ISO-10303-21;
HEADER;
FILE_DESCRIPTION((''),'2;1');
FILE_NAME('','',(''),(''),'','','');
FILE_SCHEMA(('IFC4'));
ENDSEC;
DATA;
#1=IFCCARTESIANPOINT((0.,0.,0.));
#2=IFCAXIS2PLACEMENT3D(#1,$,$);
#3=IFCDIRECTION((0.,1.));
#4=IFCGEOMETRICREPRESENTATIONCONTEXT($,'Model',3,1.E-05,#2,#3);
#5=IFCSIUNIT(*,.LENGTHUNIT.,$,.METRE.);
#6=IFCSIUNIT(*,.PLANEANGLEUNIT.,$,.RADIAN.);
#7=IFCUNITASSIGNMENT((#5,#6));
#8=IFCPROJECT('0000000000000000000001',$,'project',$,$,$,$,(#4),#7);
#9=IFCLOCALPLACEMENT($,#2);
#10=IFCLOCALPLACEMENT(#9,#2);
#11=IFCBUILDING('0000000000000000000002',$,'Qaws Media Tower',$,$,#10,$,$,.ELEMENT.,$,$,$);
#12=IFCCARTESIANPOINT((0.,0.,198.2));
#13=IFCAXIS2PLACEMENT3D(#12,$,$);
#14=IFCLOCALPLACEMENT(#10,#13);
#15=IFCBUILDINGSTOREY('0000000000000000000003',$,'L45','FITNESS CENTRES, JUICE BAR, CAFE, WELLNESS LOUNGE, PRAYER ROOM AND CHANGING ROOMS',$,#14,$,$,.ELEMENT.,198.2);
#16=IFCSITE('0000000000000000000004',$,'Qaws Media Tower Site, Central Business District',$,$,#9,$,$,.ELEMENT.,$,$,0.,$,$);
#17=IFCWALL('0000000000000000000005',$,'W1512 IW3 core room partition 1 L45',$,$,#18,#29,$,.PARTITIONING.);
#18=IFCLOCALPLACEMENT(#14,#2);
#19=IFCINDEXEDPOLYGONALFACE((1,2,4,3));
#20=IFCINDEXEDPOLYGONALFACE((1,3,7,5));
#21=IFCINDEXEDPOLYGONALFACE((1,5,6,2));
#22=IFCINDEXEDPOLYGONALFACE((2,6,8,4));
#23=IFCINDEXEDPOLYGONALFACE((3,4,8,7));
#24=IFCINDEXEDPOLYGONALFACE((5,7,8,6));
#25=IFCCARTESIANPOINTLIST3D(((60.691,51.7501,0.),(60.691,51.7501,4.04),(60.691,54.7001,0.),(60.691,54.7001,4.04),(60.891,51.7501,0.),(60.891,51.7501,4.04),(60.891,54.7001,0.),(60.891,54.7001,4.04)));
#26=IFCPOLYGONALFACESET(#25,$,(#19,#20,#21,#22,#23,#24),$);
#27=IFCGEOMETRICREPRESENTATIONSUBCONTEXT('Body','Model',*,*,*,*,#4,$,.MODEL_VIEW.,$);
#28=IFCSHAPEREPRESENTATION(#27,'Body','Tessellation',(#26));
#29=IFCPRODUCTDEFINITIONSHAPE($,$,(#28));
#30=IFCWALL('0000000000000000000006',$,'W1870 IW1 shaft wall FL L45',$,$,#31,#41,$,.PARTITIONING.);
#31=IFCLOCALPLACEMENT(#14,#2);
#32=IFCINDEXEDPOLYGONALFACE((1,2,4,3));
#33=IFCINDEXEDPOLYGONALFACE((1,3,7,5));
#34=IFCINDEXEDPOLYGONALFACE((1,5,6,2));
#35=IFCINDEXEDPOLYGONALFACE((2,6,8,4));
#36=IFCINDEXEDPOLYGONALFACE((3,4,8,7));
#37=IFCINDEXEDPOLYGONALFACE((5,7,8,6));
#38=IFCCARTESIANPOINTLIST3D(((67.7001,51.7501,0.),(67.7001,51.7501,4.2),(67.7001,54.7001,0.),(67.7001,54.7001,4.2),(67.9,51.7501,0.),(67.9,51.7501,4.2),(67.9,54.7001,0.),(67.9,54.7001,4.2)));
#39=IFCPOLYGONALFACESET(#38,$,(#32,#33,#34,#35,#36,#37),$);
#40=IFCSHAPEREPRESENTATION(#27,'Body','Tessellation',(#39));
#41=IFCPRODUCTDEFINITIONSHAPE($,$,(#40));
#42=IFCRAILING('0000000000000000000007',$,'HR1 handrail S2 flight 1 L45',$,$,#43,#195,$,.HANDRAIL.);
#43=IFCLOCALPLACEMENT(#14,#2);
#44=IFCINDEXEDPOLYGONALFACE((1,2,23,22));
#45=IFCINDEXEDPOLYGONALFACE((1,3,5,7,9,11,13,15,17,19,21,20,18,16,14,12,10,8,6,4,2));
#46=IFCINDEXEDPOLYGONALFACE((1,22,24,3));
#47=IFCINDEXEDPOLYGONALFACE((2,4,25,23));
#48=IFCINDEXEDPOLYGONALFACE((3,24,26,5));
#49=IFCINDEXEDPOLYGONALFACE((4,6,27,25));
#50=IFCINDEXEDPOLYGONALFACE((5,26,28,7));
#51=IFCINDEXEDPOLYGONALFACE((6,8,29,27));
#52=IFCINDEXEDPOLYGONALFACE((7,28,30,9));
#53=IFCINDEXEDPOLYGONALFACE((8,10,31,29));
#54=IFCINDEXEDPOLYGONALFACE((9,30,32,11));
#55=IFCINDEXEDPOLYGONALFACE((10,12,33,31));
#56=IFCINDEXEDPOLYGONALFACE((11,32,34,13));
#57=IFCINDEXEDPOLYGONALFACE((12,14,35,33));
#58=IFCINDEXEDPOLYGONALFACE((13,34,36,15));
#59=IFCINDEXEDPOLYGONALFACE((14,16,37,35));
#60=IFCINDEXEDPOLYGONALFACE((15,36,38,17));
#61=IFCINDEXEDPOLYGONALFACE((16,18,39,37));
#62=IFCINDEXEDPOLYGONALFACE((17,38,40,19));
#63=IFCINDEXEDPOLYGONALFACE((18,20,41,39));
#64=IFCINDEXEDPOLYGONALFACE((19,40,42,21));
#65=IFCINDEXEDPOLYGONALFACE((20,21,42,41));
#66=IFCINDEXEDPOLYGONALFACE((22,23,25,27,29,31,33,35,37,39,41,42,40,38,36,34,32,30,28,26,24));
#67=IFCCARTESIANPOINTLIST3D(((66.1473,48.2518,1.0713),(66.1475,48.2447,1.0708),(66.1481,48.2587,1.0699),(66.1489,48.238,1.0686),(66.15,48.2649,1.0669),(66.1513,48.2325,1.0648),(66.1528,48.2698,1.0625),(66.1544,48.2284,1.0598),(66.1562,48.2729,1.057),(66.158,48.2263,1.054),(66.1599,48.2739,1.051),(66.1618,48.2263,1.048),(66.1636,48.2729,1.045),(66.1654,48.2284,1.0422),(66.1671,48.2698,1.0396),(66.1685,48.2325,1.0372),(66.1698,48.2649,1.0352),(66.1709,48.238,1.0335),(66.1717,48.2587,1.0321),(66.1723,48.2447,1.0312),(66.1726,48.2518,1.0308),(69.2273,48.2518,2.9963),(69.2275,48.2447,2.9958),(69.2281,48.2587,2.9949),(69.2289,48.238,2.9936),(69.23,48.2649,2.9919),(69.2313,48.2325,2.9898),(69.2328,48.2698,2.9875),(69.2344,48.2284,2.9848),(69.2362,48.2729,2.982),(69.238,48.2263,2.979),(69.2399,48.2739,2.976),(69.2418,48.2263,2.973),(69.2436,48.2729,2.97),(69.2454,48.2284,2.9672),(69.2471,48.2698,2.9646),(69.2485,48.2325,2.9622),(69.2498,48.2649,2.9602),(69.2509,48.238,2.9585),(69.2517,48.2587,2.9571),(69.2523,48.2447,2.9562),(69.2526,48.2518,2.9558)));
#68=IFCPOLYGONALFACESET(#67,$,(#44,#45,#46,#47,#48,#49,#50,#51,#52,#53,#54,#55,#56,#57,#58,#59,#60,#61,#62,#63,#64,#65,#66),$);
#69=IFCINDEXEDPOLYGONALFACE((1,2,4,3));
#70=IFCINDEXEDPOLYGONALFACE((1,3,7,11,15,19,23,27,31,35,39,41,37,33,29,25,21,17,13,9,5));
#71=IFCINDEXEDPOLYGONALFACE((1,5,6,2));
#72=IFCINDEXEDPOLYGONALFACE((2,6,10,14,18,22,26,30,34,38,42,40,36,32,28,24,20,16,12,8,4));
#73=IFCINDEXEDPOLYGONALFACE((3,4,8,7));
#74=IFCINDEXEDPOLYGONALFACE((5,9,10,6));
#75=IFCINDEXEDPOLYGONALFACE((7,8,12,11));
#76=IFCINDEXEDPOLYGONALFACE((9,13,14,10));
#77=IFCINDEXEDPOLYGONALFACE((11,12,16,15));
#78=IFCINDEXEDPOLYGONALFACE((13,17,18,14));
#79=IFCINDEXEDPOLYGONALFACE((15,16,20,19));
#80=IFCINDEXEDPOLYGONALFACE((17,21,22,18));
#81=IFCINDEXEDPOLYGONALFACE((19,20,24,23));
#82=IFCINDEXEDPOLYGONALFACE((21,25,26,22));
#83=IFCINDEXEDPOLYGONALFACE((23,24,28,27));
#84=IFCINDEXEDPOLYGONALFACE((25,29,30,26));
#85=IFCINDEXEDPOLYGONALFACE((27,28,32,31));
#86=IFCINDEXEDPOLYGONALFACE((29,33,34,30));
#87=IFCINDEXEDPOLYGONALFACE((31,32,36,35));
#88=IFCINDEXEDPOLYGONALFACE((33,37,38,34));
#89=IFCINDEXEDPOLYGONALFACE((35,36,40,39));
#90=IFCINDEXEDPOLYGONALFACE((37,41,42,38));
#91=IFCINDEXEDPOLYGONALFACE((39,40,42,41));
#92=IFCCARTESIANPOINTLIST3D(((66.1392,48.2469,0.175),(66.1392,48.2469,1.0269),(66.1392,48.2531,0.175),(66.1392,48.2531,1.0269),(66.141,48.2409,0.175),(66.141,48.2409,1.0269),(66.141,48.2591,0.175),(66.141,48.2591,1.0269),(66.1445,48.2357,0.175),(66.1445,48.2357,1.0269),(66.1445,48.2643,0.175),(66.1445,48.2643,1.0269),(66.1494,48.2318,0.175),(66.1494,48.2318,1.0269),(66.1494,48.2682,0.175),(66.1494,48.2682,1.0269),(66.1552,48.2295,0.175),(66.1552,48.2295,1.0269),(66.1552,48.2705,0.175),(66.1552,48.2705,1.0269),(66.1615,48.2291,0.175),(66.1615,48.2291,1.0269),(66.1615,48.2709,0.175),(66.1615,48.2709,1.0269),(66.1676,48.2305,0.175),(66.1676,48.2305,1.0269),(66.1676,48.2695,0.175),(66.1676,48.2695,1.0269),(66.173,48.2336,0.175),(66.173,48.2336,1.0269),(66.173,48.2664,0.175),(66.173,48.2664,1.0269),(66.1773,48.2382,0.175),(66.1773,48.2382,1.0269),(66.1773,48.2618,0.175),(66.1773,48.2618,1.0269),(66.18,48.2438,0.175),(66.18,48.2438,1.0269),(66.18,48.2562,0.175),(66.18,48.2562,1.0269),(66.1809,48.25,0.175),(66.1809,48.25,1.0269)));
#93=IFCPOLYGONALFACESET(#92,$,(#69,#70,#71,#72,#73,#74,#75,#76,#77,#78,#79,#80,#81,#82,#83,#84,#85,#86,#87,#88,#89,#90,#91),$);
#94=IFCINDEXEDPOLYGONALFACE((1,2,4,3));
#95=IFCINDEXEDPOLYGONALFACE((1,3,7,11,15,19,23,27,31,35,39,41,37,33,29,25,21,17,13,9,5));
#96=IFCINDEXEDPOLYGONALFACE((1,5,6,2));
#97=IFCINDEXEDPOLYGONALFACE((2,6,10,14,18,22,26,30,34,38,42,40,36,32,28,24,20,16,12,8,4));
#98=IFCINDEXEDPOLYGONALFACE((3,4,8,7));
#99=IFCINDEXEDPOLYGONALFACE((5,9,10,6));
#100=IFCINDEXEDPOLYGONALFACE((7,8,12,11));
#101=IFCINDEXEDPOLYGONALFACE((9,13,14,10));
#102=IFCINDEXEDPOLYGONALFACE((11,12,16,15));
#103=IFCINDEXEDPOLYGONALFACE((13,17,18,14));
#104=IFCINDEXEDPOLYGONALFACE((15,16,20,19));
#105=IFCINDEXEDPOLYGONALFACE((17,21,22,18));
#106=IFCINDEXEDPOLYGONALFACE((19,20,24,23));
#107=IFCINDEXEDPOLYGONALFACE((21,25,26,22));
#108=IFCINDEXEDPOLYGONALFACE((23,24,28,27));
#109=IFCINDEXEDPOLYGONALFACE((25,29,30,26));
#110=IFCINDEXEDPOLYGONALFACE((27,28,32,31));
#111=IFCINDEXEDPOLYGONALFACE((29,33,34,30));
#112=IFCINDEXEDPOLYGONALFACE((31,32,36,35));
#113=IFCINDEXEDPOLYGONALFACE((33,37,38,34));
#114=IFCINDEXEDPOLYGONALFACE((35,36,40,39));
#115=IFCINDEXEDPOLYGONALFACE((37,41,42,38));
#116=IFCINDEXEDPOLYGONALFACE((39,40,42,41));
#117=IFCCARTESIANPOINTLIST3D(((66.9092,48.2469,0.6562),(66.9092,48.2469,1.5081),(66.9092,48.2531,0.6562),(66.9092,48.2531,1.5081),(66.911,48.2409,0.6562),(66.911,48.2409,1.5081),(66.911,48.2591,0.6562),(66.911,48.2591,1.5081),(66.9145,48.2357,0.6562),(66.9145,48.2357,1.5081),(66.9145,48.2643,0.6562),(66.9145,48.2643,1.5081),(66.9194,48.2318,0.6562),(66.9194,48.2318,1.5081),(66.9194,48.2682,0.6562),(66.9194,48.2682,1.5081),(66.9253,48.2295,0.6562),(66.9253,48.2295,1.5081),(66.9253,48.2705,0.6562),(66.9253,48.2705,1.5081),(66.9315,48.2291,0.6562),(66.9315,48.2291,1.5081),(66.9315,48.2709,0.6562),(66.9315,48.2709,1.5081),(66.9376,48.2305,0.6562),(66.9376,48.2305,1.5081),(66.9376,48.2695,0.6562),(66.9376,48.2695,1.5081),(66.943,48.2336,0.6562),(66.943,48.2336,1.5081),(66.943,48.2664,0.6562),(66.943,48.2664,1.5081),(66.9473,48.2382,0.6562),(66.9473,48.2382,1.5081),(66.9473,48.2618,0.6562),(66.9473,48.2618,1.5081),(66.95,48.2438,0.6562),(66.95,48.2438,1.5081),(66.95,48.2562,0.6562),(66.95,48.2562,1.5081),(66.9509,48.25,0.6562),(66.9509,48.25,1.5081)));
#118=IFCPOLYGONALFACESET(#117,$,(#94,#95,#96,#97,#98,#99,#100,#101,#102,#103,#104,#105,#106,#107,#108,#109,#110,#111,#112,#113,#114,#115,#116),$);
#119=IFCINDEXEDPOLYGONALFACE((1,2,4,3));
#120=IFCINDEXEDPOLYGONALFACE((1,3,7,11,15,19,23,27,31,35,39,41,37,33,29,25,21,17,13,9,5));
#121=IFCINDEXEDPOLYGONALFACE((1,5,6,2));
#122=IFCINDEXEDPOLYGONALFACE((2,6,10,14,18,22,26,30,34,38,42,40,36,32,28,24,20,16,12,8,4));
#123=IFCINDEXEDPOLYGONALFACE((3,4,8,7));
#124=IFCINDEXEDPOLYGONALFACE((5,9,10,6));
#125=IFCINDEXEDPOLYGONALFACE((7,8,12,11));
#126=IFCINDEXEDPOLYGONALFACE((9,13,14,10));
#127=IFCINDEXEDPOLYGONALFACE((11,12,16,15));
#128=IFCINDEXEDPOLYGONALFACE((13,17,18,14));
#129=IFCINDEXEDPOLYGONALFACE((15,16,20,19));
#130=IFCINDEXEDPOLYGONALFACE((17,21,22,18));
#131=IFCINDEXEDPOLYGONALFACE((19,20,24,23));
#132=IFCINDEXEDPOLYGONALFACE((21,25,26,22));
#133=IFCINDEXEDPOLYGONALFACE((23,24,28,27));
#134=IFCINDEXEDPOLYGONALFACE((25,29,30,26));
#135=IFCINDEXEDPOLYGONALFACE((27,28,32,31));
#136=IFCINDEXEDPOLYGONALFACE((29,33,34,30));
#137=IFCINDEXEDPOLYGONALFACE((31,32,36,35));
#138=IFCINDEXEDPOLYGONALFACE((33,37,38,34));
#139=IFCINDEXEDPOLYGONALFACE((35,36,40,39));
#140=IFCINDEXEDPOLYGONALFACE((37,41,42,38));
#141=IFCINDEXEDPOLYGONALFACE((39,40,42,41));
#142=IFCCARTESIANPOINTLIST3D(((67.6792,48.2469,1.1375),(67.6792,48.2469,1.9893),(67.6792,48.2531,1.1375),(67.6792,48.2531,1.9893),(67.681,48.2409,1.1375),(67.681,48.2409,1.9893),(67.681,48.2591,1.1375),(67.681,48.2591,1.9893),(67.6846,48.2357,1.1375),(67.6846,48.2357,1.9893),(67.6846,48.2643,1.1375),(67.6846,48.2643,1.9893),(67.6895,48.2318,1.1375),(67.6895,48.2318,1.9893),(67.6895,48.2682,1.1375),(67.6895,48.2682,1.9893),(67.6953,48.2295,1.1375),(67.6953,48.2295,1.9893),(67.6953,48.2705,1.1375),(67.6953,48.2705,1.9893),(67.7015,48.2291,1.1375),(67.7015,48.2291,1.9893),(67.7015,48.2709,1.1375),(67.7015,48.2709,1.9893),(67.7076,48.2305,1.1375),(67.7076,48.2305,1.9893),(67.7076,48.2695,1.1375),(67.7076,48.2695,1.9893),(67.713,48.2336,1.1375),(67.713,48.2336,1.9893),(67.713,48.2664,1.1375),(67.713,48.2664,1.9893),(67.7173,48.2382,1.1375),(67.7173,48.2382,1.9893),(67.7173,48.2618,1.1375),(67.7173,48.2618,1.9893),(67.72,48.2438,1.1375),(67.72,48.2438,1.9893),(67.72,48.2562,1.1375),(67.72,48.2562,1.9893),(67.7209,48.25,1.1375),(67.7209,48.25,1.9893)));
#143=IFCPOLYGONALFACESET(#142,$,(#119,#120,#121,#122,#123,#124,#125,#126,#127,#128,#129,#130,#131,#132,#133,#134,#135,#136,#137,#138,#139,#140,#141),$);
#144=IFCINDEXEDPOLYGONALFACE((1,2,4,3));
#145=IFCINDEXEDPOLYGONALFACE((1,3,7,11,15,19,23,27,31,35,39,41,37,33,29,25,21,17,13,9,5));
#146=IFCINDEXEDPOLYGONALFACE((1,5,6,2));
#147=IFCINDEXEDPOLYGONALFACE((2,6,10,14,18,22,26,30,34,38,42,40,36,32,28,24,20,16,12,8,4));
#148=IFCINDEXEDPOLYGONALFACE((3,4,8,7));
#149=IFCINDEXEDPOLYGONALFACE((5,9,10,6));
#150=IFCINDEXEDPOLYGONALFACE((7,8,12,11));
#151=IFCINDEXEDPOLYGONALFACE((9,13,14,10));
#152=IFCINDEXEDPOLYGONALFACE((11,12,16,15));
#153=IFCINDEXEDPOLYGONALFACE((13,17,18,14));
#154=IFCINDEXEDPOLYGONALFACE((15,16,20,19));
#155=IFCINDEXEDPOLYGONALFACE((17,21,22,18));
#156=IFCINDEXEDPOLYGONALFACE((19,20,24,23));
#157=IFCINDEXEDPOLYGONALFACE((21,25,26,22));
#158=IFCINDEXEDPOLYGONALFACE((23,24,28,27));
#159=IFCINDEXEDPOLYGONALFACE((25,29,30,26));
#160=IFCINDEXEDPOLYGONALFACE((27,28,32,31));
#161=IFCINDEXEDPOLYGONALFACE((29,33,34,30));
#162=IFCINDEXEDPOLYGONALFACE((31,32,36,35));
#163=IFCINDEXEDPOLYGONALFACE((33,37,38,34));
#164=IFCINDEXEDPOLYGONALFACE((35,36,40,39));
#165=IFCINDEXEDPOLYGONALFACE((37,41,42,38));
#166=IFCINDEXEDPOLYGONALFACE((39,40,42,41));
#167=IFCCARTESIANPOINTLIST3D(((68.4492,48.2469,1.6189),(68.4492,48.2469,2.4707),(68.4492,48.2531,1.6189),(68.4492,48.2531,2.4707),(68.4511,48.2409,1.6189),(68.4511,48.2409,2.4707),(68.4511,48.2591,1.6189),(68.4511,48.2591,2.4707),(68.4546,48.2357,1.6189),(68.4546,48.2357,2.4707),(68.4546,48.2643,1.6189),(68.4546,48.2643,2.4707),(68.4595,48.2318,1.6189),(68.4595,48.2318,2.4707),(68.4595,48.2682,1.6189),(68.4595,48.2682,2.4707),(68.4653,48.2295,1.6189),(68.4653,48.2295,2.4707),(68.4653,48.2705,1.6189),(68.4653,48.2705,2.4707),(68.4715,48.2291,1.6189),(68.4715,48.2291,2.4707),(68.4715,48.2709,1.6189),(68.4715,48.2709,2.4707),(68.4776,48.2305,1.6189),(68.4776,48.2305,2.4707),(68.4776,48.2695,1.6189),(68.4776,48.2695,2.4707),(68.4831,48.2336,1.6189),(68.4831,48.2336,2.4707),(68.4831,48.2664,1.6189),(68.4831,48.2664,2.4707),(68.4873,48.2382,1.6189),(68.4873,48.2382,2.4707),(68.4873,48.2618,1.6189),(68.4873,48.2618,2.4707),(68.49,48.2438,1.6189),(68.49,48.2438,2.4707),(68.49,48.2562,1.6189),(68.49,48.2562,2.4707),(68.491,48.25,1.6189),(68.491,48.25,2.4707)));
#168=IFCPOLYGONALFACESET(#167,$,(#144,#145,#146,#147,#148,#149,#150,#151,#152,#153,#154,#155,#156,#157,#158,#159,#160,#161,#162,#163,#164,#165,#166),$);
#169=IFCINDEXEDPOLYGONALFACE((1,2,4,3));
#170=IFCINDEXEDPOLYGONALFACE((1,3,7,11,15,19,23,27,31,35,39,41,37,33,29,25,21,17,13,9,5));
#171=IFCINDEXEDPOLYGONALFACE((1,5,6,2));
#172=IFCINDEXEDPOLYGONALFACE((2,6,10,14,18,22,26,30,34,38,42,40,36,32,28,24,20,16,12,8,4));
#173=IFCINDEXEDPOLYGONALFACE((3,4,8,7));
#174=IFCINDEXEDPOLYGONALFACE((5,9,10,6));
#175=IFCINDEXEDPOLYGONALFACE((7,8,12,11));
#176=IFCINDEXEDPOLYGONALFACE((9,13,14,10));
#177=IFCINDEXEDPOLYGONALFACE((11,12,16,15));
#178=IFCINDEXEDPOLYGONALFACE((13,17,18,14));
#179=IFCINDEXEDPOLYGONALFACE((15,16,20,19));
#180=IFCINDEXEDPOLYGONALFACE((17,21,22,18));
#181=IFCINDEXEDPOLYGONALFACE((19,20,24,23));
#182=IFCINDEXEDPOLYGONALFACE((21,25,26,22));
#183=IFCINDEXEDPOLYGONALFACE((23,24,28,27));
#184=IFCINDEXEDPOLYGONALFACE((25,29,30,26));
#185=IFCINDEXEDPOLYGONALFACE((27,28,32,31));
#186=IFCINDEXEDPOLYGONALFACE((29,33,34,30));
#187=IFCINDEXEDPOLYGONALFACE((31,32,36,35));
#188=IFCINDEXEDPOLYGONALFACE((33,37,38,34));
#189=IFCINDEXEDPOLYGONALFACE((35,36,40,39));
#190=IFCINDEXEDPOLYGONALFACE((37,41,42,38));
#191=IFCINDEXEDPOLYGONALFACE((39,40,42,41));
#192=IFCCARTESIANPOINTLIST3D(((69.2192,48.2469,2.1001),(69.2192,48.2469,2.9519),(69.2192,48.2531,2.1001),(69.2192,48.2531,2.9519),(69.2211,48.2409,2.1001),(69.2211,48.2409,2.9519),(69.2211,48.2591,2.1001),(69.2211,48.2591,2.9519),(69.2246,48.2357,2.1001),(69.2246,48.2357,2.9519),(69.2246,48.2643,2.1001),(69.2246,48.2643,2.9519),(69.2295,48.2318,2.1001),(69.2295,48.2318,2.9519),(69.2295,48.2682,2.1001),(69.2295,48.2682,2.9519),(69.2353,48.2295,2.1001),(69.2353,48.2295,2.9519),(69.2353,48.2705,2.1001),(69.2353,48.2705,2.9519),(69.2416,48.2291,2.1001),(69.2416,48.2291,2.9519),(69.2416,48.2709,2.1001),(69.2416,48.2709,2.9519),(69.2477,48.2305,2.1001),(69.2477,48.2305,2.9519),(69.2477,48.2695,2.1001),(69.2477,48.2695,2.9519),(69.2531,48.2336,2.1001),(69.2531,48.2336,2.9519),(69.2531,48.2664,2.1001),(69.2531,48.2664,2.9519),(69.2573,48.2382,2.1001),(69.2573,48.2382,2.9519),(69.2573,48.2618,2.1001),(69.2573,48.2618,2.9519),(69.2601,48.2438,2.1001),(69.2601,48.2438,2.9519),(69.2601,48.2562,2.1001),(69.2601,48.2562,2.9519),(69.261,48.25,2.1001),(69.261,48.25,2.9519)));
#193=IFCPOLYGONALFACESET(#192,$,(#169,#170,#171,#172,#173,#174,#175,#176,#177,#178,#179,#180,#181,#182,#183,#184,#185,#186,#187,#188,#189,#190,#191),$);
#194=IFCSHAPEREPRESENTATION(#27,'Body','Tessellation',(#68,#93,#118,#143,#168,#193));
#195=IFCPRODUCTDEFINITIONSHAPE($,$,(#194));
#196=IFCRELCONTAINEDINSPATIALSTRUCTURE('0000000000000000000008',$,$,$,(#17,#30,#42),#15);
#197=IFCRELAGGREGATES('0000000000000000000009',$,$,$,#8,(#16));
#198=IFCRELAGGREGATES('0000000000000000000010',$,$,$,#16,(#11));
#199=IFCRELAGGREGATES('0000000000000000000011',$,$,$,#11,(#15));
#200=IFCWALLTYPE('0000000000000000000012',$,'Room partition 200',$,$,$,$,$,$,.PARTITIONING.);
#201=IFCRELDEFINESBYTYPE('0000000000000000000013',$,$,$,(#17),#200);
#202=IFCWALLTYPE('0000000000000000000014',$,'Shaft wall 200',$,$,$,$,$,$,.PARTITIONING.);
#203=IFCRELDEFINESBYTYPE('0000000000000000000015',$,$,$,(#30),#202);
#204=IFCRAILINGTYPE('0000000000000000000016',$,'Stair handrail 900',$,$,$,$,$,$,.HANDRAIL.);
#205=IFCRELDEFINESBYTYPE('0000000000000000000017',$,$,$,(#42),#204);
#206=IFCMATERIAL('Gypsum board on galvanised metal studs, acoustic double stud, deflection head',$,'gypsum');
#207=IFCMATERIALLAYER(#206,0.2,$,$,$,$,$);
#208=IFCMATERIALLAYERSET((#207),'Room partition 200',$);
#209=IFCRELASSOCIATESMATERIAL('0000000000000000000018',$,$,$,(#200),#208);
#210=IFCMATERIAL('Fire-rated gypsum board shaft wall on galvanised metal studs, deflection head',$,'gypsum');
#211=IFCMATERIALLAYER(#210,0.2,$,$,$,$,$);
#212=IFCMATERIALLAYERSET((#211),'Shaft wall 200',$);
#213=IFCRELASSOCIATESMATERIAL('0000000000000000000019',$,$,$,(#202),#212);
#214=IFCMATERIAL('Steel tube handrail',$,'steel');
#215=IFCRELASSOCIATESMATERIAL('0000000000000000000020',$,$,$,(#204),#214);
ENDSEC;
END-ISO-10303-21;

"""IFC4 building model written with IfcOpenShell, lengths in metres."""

from ifc_helpers import new_model, si_unit, direction, frame, frame_2d, origin, origin_2d, place, context, subcontext, project, spatial, rectangle, circle, extrude, material, layer, layer_set, type_object, element, save


model = new_model("IFC4")

# Units and contexts
model_context = context("Model", 3, precision=1e-05, world=origin(), true_north=direction((0.0, 1.0)))
body_context = subcontext(model_context, "Body", "Model", "MODEL_VIEW")
ifc_project = project(units=[si_unit("LENGTHUNIT", "METRE"), si_unit("PLANEANGLEUNIT", "RADIAN")], contexts=[model_context])

# Site, building, storey
site_placement = place(None, origin())
site = spatial("IfcSite", under=ifc_project, at=site_placement, Name="Qaws Media Tower Site, Central Business District", CompositionType="ELEMENT", RefElevation=0.0)
building_placement = place(site_placement, origin())
building = spatial("IfcBuilding", under=site, at=building_placement, Name="Qaws Media Tower", CompositionType="ELEMENT")
storey_placement = place(building_placement, frame((0.0, 0.0, 198.2)))
storey = spatial("IfcBuildingStorey", under=building, at=storey_placement, Name="L45", Description="FITNESS CENTRES, JUICE BAR, CAFE, WELLNESS LOUNGE, PRAYER ROOM AND CHANGING ROOMS", CompositionType="ELEMENT", Elevation=198.2)

# Shared definitions
ifc_material_1 = material(Name="Gypsum board on galvanised metal studs, acoustic double stud, deflection head", Category="gypsum")
ifc_layer_1 = layer(ifc_material_1, 0.2)
ifc_layer_set_1 = layer_set([ifc_layer_1], Name="Room partition 200")
wall_type_1 = type_object("IfcWallType", Name="Room partition 200", PredefinedType="PARTITIONING", material=ifc_layer_set_1)

# Walls
wall_1_placement = place(storey_placement, frame((60.791, 51.75, 0.0), z_axis=(0.0, 0.0, 1.0), x_axis=(0.0, 1.0, 0.0)))
element("IfcWall", 1, at=wall_1_placement, inside=storey, type_object=wall_type_1, Name="W1512 IW3 core room partition 1 L45", PredefinedType="PARTITIONING", context=body_context, shape_type="SweptSolid", body=[
    extrude(rectangle(XDim=2.95, YDim=0.2, at=frame_2d((1.4751, 0.0))), origin(), (0.0, 0.0, 1.0), 4.04),
])
ifc_material_2 = material(Name="Fire-rated gypsum board shaft wall on galvanised metal studs, deflection head", Category="gypsum")
ifc_layer_2 = layer(ifc_material_2, 0.2)
ifc_layer_set_2 = layer_set([ifc_layer_2], Name="Shaft wall 200")
wall_type_2 = type_object("IfcWallType", Name="Shaft wall 200", PredefinedType="PARTITIONING", material=ifc_layer_set_2)
wall_2_placement = place(storey_placement, frame((67.8, 51.75, 0.0), z_axis=(0.0, 0.0, 1.0), x_axis=(0.0, 1.0, 0.0)))
element("IfcWall", 2, at=wall_2_placement, inside=storey, type_object=wall_type_2, Name="W1870 IW1 shaft wall FL L45", PredefinedType="PARTITIONING", context=body_context, shape_type="SweptSolid", body=[
    extrude(rectangle(XDim=2.95, YDim=0.2, at=frame_2d((1.4751, 0.0))), origin(), (0.0, 0.0, 1.0), 4.2),
])

# Railing
ifc_material_3 = material(Name="Steel tube handrail", Category="steel")
railing_type = type_object("IfcRailingType", Name="Stair handrail 900", PredefinedType="HANDRAIL", material=ifc_material_3)
railing_placement = place(storey_placement, frame((66.1599, 48.25, 0.175)))
element("IfcRailing", 3, at=railing_placement, inside=storey, type_object=railing_type, Name="HR1 handrail S2 flight 1 L45", PredefinedType="HANDRAIL", context=body_context, shape_type="SweptSolid", body=[
    extrude(circle(Radius=0.0239, at=origin_2d()), frame((0.0, 0.0, 0.876), z_axis=(0.847998, 0.0, 0.529999), x_axis=(0.0, 1.0, 0.0)), (0.0, 0.0, 1.0), 3.6321),
    extrude(circle(Radius=0.021, at=origin_2d()), origin(), (0.0, 0.0, 1.0), 0.8518),
    extrude(circle(Radius=0.021, at=origin_2d()), frame((0.77, 0.0, 0.4812)), (0.0, 0.0, 1.0), 0.8518),
    extrude(circle(Radius=0.021, at=origin_2d()), frame((1.54, 0.0, 0.9624)), (0.0, 0.0, 1.0), 0.8518),
    extrude(circle(Radius=0.021, at=origin_2d()), frame((2.3101, 0.0, 1.4438)), (0.0, 0.0, 1.0), 0.8518),
    extrude(circle(Radius=0.021, at=origin_2d()), frame((3.0801, 0.0, 1.925)), (0.0, 0.0, 1.0), 0.8518),
])

save(model, "model.ifc")
